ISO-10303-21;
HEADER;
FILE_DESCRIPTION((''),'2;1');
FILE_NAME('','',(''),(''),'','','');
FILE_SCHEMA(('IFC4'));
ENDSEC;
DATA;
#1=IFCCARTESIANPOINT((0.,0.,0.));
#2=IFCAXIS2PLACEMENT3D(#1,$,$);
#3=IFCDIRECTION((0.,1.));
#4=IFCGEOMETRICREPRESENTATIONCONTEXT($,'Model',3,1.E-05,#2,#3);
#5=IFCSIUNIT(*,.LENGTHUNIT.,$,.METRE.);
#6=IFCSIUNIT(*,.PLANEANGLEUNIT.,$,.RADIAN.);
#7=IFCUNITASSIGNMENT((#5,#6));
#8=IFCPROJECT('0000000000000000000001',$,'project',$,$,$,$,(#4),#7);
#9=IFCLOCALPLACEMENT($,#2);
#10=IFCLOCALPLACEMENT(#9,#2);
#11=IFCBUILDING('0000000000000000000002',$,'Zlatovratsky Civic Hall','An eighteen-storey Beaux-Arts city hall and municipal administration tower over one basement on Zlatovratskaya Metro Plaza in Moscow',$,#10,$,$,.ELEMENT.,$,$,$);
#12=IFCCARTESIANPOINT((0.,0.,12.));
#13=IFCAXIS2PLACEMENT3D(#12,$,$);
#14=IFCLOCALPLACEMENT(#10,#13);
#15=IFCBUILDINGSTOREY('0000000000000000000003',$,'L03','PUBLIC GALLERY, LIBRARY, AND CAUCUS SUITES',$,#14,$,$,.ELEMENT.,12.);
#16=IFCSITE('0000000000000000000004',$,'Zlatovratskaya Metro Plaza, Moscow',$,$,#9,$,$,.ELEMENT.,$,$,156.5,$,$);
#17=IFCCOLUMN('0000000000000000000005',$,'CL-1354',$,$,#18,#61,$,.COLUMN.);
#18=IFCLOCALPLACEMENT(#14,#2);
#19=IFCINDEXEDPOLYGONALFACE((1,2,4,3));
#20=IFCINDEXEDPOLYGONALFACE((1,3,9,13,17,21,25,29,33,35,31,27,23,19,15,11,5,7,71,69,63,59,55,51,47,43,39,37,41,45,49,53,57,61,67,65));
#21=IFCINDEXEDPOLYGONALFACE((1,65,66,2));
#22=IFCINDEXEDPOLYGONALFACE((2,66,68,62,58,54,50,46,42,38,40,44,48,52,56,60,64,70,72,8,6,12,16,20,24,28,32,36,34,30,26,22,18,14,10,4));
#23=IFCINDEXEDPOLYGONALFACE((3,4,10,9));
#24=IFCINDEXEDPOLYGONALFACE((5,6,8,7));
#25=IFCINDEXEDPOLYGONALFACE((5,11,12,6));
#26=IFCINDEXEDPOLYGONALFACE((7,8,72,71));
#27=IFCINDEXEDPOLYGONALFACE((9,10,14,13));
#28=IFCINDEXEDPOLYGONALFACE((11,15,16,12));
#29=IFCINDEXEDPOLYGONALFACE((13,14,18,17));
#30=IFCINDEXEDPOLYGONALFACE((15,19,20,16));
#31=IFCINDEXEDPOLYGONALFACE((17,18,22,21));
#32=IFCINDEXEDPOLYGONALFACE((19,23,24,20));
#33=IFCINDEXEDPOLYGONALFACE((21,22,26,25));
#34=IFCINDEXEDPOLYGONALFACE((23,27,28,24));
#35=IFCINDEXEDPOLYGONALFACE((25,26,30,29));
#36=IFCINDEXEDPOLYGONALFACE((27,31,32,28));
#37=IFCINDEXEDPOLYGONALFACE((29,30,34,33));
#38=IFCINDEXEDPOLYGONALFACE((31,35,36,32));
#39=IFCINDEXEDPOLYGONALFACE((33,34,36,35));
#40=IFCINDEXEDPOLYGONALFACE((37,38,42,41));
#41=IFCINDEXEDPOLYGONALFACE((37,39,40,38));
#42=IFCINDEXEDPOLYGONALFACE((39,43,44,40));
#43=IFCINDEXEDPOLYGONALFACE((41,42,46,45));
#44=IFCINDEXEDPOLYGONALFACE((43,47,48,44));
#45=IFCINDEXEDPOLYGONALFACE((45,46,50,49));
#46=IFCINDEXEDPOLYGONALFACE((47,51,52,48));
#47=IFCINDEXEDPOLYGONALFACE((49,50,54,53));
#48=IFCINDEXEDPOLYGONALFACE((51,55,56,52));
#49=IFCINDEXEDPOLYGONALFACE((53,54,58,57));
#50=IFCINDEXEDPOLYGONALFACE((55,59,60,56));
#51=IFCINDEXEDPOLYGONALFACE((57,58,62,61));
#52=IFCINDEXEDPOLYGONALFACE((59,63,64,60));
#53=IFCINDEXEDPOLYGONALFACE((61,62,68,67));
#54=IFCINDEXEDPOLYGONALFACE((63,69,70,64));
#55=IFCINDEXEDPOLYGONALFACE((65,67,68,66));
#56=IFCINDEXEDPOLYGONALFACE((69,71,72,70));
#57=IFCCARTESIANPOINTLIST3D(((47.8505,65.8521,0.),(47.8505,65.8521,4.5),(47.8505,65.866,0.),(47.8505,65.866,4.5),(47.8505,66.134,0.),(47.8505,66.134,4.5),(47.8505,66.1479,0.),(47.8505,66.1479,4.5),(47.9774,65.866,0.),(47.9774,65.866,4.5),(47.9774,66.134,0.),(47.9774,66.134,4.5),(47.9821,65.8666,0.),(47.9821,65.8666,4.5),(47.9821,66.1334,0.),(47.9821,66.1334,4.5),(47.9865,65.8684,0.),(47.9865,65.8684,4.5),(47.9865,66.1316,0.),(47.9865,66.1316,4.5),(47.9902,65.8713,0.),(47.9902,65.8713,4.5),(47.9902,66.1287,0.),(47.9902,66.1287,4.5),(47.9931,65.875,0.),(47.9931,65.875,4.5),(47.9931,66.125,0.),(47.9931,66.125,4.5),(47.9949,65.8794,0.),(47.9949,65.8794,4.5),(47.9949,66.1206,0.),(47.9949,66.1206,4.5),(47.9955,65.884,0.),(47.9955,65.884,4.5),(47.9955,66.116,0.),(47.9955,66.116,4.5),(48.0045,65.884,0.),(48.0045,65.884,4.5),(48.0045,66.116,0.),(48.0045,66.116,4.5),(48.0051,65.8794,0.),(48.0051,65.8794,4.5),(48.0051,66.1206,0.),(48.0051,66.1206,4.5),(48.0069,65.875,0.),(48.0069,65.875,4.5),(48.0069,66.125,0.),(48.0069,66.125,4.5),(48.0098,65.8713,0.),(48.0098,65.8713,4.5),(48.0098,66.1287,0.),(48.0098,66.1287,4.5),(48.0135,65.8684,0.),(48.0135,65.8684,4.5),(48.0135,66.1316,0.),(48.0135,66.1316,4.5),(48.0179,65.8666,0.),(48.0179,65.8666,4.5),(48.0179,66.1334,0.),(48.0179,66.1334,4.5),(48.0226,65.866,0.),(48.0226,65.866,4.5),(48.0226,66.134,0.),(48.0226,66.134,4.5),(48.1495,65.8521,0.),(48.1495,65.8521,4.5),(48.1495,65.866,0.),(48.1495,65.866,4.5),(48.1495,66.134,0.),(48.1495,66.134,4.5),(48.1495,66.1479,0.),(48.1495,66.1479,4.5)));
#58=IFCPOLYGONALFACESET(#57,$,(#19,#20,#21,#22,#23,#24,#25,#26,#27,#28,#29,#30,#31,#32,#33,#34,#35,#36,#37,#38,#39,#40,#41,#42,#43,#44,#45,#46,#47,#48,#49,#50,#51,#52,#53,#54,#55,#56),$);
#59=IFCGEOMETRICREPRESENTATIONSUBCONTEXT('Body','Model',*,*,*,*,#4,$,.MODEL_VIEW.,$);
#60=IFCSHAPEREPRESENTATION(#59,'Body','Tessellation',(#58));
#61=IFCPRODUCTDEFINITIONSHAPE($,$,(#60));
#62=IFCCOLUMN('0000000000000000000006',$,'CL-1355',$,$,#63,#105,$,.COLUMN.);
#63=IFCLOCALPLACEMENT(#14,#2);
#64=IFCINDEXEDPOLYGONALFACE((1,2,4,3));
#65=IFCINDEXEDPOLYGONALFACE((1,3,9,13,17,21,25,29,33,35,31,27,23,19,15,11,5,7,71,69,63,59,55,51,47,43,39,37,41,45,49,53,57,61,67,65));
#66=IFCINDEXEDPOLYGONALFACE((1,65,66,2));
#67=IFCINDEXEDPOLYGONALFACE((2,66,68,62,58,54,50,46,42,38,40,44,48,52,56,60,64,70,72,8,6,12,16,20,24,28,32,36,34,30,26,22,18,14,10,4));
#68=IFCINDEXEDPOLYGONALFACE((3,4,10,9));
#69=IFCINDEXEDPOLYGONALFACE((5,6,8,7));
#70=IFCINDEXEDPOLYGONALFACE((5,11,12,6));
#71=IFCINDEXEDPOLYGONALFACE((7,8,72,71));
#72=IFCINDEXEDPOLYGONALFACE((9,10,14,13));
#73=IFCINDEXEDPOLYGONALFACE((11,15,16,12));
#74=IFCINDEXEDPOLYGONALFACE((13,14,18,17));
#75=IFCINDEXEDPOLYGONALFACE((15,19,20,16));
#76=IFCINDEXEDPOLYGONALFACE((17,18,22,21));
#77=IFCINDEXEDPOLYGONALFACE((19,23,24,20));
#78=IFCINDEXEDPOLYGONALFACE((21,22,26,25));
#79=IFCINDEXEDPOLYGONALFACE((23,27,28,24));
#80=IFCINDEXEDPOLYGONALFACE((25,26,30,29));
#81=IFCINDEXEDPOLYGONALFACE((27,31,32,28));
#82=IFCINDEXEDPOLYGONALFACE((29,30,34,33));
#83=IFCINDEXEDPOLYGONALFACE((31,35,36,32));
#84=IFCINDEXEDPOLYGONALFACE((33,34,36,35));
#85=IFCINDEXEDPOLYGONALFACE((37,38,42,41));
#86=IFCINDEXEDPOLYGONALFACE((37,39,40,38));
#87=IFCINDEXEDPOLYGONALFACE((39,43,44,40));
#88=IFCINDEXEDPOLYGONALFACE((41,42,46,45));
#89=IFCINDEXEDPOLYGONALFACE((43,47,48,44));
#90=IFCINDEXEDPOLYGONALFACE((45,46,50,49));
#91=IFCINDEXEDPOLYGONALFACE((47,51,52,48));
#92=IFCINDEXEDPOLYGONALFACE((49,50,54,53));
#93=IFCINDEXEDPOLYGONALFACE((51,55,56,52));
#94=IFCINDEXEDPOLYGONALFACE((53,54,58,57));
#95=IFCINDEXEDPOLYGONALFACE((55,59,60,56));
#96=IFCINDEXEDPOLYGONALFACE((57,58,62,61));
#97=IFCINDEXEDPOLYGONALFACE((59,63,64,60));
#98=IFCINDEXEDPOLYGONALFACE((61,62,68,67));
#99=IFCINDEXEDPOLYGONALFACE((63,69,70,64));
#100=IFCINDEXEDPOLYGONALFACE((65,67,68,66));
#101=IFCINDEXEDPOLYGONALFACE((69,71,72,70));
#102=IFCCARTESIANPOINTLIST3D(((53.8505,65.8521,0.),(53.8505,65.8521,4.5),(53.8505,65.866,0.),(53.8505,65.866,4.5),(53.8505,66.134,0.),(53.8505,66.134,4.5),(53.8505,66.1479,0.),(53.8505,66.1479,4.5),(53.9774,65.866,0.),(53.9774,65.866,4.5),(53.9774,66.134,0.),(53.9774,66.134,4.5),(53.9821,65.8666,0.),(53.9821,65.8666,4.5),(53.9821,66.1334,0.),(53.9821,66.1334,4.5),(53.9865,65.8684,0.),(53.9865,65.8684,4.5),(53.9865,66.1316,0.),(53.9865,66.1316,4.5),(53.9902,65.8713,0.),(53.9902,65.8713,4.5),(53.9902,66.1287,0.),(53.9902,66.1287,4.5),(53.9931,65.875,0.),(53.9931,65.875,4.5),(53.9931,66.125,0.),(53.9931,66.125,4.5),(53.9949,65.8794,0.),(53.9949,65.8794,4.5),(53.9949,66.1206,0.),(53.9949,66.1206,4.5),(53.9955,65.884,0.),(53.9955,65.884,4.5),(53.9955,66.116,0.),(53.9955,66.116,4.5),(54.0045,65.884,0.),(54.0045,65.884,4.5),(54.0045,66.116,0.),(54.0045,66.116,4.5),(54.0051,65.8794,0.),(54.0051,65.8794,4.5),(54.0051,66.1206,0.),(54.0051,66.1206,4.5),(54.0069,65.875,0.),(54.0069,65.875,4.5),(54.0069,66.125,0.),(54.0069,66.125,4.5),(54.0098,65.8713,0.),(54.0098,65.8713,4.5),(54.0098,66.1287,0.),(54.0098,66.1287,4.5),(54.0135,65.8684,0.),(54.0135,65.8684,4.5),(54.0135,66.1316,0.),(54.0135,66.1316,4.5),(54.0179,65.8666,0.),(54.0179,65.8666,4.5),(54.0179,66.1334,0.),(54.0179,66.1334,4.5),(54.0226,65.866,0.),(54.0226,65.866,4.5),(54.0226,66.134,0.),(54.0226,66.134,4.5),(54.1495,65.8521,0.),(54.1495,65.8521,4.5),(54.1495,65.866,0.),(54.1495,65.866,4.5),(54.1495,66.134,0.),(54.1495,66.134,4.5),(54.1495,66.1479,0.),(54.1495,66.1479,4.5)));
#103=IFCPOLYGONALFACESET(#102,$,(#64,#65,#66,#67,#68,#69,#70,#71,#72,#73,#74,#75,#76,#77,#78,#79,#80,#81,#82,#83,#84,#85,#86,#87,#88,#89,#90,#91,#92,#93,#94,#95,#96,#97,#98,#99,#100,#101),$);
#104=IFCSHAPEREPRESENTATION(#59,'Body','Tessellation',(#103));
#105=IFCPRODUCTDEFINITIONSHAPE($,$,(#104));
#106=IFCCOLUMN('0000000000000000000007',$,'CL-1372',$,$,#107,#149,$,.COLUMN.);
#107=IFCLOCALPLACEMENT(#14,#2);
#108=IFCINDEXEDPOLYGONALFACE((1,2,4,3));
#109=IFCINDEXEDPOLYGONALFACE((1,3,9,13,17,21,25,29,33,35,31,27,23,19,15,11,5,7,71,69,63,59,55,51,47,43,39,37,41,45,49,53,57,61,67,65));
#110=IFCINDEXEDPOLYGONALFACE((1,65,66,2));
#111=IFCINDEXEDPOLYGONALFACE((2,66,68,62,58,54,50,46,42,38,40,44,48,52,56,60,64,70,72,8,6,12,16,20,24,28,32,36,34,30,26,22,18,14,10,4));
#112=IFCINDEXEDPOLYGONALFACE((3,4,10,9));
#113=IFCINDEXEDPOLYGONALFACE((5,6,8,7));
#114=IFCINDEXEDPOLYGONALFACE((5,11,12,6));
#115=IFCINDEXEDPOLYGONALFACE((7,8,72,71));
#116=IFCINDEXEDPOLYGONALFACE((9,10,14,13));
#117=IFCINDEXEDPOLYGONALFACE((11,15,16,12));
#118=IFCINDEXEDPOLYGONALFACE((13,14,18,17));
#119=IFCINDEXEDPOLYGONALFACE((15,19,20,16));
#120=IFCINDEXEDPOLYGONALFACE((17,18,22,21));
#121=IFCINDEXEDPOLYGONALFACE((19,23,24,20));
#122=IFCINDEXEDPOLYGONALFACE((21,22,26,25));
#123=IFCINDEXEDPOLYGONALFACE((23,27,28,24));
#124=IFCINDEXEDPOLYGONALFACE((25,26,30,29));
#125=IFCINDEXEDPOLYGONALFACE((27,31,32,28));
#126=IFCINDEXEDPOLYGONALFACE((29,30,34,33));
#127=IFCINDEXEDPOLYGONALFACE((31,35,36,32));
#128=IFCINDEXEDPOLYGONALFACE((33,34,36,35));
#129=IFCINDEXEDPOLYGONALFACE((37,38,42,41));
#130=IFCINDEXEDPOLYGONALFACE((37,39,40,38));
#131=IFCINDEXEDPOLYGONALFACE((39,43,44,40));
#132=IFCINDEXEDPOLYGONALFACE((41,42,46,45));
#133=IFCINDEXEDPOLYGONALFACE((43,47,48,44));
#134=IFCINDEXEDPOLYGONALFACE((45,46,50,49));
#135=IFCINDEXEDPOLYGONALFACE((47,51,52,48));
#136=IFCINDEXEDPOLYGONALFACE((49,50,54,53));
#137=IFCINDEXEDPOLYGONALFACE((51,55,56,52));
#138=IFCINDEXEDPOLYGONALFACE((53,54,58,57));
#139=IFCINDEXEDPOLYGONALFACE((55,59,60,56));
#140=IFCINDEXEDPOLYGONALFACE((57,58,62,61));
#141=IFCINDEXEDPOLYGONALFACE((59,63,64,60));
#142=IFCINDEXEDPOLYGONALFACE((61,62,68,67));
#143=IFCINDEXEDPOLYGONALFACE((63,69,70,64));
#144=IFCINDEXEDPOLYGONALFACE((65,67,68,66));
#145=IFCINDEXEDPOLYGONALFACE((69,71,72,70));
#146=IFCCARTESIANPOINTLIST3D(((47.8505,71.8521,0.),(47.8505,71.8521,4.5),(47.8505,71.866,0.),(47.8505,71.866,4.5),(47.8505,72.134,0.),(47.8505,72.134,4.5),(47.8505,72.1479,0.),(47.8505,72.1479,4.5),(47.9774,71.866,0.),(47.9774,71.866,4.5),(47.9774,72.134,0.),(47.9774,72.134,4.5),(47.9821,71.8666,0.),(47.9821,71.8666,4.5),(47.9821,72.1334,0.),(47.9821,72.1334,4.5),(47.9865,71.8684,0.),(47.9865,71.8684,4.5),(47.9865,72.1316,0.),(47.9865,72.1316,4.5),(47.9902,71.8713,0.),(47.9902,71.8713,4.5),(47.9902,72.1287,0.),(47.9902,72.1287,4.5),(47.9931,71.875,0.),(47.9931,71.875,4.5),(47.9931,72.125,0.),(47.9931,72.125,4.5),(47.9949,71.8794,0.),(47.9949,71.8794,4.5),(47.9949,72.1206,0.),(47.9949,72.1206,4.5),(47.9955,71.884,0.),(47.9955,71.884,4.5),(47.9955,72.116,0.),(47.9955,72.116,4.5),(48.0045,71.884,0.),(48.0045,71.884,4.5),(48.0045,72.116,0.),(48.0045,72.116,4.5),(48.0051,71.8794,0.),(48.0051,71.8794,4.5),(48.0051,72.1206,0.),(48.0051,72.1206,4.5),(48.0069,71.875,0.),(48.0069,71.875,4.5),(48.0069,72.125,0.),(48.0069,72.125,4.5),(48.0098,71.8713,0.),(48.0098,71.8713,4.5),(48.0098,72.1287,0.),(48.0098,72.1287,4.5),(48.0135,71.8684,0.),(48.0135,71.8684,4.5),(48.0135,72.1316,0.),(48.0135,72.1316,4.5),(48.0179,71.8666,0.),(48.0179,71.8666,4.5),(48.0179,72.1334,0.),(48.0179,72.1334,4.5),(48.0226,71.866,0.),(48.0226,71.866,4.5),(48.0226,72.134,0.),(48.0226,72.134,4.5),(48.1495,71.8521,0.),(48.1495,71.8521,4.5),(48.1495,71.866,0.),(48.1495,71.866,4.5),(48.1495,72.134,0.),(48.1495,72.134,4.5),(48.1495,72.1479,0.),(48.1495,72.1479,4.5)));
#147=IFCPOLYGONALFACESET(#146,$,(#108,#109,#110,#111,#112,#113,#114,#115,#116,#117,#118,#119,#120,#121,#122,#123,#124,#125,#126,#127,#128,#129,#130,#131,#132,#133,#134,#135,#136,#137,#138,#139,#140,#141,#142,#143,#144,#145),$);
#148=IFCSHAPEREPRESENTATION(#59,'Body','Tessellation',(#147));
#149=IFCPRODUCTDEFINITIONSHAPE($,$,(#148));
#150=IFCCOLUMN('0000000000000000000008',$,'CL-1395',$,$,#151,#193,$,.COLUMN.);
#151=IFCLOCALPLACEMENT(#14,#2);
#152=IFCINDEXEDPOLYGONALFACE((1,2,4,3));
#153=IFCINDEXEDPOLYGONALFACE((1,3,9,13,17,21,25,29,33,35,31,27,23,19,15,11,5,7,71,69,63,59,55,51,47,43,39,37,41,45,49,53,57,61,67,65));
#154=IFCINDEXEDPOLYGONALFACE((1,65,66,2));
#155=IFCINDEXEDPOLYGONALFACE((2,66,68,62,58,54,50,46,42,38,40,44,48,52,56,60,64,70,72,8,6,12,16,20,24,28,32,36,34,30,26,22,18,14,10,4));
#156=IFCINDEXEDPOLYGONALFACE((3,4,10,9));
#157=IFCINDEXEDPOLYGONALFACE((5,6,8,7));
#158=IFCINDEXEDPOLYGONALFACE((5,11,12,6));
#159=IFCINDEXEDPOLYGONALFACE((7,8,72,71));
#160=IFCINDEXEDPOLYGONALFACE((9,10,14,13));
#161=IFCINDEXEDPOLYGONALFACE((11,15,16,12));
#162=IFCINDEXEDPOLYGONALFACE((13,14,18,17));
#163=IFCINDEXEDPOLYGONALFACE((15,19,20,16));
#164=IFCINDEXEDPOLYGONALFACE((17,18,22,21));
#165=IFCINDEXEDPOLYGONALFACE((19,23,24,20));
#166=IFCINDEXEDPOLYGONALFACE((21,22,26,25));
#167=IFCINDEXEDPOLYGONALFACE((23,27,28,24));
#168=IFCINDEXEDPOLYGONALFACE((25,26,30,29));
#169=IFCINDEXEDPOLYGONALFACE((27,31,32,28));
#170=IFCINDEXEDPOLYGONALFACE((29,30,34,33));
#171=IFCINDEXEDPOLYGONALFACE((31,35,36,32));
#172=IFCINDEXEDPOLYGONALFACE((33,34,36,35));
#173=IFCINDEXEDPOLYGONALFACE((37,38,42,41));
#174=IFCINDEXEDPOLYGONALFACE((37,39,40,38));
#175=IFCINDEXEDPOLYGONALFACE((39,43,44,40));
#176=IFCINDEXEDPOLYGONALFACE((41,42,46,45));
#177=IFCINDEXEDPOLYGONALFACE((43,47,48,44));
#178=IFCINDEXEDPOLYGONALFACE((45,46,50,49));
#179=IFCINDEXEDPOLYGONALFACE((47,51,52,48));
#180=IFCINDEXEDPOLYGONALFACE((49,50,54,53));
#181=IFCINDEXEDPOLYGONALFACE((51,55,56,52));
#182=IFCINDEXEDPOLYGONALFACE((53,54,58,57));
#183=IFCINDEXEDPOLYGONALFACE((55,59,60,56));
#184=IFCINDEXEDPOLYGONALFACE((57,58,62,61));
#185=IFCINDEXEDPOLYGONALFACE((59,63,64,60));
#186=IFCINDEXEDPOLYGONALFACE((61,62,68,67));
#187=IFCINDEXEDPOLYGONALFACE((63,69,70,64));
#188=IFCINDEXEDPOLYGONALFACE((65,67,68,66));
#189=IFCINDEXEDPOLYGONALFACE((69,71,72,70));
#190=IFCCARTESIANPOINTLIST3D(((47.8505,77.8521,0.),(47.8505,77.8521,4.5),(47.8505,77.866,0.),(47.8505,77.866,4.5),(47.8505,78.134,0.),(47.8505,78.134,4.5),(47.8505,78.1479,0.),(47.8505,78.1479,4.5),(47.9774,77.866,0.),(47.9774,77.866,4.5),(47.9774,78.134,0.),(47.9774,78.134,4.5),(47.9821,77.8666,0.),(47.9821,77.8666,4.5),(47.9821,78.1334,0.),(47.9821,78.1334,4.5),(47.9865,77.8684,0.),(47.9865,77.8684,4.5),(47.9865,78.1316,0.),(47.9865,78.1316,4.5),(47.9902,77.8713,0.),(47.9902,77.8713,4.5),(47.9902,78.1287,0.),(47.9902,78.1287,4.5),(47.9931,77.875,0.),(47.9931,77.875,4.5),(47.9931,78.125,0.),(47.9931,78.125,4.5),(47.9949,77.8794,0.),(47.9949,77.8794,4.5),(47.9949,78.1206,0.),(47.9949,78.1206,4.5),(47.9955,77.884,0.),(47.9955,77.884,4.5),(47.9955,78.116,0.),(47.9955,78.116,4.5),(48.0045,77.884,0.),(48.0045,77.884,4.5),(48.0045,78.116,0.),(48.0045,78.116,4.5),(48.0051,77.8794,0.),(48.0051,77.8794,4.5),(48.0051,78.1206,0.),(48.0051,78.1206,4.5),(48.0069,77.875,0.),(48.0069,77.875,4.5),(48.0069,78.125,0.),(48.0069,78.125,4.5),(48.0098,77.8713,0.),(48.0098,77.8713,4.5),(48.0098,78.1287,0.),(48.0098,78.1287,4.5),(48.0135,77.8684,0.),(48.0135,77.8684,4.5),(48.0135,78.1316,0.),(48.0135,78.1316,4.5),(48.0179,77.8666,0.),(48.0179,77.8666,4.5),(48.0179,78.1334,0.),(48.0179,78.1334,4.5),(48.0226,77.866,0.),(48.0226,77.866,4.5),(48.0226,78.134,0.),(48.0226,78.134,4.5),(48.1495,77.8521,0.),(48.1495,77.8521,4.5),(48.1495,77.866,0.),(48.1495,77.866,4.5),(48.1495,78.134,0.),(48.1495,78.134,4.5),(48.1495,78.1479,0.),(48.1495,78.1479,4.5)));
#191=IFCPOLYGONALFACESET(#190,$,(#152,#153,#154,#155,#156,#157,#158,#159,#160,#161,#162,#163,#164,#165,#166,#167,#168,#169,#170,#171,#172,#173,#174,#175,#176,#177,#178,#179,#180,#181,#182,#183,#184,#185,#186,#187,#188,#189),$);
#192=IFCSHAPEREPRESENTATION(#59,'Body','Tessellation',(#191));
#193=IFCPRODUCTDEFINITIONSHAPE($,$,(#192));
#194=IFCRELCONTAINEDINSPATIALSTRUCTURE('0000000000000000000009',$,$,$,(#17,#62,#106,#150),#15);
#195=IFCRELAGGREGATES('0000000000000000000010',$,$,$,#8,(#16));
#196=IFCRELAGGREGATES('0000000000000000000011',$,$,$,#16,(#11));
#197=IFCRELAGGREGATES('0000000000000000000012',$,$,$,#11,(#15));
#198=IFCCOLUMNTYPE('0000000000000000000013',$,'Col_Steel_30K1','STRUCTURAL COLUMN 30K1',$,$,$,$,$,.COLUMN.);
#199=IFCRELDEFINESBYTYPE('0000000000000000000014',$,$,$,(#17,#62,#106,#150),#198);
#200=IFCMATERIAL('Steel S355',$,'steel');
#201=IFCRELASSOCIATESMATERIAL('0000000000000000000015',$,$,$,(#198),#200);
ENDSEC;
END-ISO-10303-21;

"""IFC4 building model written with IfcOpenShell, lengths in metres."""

from ifc_helpers import new_model, si_unit, direction, frame, origin, origin_2d, place, context, subcontext, project, spatial, i_section, extrude, material, material_profile, profile_set, type_object, element, save


model = new_model("IFC4")

# Units and contexts
model_context = context("Model", 3, precision=1e-05, world=origin(), true_north=direction((0.0, 1.0)))
body_context = subcontext(model_context, "Body", "Model", "MODEL_VIEW")
ifc_project = project(units=[si_unit("LENGTHUNIT", "METRE"), si_unit("PLANEANGLEUNIT", "RADIAN")], contexts=[model_context])

# Site, building, storey
site_placement = place(None, origin())
site = spatial("IfcSite", under=ifc_project, at=site_placement, Name="Zlatovratskaya Metro Plaza, Moscow", CompositionType="ELEMENT", RefElevation=156.5)
building_placement = place(site_placement, origin())
building = spatial("IfcBuilding", under=site, at=building_placement, Name="Zlatovratsky Civic Hall", Description="An eighteen-storey Beaux-Arts city hall and municipal administration tower over one basement on Zlatovratskaya Metro Plaza in Moscow", CompositionType="ELEMENT")
storey_placement = place(building_placement, frame((0.0, 0.0, 12.0)))
storey = spatial("IfcBuildingStorey", under=building, at=storey_placement, Name="L03", Description="PUBLIC GALLERY, LIBRARY, AND CAUCUS SUITES", CompositionType="ELEMENT", Elevation=12.0)

# Columns
ifc_material_1 = material(Name="Steel S355", Category="steel")
ifc_material_profile_1 = material_profile(ifc_material_1, i_section(OverallWidth=0.2991, OverallDepth=0.2959, WebThickness=0.009, FlangeThickness=0.0139, FilletRadius=0.0181, at=origin_2d()), Name="30K1")
ifc_profile_set_1 = profile_set([ifc_material_profile_1], Name="Steel S355")
column_type_1 = type_object("IfcColumnType", Name="Col_Steel_30K1", Description="STRUCTURAL COLUMN 30K1", PredefinedType="COLUMN", material=ifc_profile_set_1)
for number, where, z_axis, x_axis, name in (
    (1, (48.0, 66.0, 0.0), (0.0, 0.0, 1.0), (1.0, 0.0, 0.0), "CL-1354"),
    (2, (54.0, 66.0, 0.0), (0.0, 0.0, 1.0), (1.0, 0.0, 0.0), "CL-1355"),
    (3, (48.0, 72.0, 0.0), (0.0, 0.0, 1.0), (1.0, 0.0, 0.0), "CL-1372"),
    (4, (48.0, 78.0, 0.0), (0.0, 0.0, 1.0), (1.0, 0.0, 0.0), "CL-1395"),
):
    element("IfcColumn", number, at=place(storey_placement, frame(where, z_axis=z_axis, x_axis=x_axis)), inside=storey, type_object=column_type_1, Name=name, PredefinedType="COLUMN", context=body_context, shape_type="SweptSolid", body=[
        extrude(i_section(OverallWidth=0.2991, OverallDepth=0.2959, WebThickness=0.009, FlangeThickness=0.0139, FilletRadius=0.0181, at=origin_2d()), origin(), (0.0, 0.0, 1.0), 4.5),
    ])

save(model, "model.ifc")
